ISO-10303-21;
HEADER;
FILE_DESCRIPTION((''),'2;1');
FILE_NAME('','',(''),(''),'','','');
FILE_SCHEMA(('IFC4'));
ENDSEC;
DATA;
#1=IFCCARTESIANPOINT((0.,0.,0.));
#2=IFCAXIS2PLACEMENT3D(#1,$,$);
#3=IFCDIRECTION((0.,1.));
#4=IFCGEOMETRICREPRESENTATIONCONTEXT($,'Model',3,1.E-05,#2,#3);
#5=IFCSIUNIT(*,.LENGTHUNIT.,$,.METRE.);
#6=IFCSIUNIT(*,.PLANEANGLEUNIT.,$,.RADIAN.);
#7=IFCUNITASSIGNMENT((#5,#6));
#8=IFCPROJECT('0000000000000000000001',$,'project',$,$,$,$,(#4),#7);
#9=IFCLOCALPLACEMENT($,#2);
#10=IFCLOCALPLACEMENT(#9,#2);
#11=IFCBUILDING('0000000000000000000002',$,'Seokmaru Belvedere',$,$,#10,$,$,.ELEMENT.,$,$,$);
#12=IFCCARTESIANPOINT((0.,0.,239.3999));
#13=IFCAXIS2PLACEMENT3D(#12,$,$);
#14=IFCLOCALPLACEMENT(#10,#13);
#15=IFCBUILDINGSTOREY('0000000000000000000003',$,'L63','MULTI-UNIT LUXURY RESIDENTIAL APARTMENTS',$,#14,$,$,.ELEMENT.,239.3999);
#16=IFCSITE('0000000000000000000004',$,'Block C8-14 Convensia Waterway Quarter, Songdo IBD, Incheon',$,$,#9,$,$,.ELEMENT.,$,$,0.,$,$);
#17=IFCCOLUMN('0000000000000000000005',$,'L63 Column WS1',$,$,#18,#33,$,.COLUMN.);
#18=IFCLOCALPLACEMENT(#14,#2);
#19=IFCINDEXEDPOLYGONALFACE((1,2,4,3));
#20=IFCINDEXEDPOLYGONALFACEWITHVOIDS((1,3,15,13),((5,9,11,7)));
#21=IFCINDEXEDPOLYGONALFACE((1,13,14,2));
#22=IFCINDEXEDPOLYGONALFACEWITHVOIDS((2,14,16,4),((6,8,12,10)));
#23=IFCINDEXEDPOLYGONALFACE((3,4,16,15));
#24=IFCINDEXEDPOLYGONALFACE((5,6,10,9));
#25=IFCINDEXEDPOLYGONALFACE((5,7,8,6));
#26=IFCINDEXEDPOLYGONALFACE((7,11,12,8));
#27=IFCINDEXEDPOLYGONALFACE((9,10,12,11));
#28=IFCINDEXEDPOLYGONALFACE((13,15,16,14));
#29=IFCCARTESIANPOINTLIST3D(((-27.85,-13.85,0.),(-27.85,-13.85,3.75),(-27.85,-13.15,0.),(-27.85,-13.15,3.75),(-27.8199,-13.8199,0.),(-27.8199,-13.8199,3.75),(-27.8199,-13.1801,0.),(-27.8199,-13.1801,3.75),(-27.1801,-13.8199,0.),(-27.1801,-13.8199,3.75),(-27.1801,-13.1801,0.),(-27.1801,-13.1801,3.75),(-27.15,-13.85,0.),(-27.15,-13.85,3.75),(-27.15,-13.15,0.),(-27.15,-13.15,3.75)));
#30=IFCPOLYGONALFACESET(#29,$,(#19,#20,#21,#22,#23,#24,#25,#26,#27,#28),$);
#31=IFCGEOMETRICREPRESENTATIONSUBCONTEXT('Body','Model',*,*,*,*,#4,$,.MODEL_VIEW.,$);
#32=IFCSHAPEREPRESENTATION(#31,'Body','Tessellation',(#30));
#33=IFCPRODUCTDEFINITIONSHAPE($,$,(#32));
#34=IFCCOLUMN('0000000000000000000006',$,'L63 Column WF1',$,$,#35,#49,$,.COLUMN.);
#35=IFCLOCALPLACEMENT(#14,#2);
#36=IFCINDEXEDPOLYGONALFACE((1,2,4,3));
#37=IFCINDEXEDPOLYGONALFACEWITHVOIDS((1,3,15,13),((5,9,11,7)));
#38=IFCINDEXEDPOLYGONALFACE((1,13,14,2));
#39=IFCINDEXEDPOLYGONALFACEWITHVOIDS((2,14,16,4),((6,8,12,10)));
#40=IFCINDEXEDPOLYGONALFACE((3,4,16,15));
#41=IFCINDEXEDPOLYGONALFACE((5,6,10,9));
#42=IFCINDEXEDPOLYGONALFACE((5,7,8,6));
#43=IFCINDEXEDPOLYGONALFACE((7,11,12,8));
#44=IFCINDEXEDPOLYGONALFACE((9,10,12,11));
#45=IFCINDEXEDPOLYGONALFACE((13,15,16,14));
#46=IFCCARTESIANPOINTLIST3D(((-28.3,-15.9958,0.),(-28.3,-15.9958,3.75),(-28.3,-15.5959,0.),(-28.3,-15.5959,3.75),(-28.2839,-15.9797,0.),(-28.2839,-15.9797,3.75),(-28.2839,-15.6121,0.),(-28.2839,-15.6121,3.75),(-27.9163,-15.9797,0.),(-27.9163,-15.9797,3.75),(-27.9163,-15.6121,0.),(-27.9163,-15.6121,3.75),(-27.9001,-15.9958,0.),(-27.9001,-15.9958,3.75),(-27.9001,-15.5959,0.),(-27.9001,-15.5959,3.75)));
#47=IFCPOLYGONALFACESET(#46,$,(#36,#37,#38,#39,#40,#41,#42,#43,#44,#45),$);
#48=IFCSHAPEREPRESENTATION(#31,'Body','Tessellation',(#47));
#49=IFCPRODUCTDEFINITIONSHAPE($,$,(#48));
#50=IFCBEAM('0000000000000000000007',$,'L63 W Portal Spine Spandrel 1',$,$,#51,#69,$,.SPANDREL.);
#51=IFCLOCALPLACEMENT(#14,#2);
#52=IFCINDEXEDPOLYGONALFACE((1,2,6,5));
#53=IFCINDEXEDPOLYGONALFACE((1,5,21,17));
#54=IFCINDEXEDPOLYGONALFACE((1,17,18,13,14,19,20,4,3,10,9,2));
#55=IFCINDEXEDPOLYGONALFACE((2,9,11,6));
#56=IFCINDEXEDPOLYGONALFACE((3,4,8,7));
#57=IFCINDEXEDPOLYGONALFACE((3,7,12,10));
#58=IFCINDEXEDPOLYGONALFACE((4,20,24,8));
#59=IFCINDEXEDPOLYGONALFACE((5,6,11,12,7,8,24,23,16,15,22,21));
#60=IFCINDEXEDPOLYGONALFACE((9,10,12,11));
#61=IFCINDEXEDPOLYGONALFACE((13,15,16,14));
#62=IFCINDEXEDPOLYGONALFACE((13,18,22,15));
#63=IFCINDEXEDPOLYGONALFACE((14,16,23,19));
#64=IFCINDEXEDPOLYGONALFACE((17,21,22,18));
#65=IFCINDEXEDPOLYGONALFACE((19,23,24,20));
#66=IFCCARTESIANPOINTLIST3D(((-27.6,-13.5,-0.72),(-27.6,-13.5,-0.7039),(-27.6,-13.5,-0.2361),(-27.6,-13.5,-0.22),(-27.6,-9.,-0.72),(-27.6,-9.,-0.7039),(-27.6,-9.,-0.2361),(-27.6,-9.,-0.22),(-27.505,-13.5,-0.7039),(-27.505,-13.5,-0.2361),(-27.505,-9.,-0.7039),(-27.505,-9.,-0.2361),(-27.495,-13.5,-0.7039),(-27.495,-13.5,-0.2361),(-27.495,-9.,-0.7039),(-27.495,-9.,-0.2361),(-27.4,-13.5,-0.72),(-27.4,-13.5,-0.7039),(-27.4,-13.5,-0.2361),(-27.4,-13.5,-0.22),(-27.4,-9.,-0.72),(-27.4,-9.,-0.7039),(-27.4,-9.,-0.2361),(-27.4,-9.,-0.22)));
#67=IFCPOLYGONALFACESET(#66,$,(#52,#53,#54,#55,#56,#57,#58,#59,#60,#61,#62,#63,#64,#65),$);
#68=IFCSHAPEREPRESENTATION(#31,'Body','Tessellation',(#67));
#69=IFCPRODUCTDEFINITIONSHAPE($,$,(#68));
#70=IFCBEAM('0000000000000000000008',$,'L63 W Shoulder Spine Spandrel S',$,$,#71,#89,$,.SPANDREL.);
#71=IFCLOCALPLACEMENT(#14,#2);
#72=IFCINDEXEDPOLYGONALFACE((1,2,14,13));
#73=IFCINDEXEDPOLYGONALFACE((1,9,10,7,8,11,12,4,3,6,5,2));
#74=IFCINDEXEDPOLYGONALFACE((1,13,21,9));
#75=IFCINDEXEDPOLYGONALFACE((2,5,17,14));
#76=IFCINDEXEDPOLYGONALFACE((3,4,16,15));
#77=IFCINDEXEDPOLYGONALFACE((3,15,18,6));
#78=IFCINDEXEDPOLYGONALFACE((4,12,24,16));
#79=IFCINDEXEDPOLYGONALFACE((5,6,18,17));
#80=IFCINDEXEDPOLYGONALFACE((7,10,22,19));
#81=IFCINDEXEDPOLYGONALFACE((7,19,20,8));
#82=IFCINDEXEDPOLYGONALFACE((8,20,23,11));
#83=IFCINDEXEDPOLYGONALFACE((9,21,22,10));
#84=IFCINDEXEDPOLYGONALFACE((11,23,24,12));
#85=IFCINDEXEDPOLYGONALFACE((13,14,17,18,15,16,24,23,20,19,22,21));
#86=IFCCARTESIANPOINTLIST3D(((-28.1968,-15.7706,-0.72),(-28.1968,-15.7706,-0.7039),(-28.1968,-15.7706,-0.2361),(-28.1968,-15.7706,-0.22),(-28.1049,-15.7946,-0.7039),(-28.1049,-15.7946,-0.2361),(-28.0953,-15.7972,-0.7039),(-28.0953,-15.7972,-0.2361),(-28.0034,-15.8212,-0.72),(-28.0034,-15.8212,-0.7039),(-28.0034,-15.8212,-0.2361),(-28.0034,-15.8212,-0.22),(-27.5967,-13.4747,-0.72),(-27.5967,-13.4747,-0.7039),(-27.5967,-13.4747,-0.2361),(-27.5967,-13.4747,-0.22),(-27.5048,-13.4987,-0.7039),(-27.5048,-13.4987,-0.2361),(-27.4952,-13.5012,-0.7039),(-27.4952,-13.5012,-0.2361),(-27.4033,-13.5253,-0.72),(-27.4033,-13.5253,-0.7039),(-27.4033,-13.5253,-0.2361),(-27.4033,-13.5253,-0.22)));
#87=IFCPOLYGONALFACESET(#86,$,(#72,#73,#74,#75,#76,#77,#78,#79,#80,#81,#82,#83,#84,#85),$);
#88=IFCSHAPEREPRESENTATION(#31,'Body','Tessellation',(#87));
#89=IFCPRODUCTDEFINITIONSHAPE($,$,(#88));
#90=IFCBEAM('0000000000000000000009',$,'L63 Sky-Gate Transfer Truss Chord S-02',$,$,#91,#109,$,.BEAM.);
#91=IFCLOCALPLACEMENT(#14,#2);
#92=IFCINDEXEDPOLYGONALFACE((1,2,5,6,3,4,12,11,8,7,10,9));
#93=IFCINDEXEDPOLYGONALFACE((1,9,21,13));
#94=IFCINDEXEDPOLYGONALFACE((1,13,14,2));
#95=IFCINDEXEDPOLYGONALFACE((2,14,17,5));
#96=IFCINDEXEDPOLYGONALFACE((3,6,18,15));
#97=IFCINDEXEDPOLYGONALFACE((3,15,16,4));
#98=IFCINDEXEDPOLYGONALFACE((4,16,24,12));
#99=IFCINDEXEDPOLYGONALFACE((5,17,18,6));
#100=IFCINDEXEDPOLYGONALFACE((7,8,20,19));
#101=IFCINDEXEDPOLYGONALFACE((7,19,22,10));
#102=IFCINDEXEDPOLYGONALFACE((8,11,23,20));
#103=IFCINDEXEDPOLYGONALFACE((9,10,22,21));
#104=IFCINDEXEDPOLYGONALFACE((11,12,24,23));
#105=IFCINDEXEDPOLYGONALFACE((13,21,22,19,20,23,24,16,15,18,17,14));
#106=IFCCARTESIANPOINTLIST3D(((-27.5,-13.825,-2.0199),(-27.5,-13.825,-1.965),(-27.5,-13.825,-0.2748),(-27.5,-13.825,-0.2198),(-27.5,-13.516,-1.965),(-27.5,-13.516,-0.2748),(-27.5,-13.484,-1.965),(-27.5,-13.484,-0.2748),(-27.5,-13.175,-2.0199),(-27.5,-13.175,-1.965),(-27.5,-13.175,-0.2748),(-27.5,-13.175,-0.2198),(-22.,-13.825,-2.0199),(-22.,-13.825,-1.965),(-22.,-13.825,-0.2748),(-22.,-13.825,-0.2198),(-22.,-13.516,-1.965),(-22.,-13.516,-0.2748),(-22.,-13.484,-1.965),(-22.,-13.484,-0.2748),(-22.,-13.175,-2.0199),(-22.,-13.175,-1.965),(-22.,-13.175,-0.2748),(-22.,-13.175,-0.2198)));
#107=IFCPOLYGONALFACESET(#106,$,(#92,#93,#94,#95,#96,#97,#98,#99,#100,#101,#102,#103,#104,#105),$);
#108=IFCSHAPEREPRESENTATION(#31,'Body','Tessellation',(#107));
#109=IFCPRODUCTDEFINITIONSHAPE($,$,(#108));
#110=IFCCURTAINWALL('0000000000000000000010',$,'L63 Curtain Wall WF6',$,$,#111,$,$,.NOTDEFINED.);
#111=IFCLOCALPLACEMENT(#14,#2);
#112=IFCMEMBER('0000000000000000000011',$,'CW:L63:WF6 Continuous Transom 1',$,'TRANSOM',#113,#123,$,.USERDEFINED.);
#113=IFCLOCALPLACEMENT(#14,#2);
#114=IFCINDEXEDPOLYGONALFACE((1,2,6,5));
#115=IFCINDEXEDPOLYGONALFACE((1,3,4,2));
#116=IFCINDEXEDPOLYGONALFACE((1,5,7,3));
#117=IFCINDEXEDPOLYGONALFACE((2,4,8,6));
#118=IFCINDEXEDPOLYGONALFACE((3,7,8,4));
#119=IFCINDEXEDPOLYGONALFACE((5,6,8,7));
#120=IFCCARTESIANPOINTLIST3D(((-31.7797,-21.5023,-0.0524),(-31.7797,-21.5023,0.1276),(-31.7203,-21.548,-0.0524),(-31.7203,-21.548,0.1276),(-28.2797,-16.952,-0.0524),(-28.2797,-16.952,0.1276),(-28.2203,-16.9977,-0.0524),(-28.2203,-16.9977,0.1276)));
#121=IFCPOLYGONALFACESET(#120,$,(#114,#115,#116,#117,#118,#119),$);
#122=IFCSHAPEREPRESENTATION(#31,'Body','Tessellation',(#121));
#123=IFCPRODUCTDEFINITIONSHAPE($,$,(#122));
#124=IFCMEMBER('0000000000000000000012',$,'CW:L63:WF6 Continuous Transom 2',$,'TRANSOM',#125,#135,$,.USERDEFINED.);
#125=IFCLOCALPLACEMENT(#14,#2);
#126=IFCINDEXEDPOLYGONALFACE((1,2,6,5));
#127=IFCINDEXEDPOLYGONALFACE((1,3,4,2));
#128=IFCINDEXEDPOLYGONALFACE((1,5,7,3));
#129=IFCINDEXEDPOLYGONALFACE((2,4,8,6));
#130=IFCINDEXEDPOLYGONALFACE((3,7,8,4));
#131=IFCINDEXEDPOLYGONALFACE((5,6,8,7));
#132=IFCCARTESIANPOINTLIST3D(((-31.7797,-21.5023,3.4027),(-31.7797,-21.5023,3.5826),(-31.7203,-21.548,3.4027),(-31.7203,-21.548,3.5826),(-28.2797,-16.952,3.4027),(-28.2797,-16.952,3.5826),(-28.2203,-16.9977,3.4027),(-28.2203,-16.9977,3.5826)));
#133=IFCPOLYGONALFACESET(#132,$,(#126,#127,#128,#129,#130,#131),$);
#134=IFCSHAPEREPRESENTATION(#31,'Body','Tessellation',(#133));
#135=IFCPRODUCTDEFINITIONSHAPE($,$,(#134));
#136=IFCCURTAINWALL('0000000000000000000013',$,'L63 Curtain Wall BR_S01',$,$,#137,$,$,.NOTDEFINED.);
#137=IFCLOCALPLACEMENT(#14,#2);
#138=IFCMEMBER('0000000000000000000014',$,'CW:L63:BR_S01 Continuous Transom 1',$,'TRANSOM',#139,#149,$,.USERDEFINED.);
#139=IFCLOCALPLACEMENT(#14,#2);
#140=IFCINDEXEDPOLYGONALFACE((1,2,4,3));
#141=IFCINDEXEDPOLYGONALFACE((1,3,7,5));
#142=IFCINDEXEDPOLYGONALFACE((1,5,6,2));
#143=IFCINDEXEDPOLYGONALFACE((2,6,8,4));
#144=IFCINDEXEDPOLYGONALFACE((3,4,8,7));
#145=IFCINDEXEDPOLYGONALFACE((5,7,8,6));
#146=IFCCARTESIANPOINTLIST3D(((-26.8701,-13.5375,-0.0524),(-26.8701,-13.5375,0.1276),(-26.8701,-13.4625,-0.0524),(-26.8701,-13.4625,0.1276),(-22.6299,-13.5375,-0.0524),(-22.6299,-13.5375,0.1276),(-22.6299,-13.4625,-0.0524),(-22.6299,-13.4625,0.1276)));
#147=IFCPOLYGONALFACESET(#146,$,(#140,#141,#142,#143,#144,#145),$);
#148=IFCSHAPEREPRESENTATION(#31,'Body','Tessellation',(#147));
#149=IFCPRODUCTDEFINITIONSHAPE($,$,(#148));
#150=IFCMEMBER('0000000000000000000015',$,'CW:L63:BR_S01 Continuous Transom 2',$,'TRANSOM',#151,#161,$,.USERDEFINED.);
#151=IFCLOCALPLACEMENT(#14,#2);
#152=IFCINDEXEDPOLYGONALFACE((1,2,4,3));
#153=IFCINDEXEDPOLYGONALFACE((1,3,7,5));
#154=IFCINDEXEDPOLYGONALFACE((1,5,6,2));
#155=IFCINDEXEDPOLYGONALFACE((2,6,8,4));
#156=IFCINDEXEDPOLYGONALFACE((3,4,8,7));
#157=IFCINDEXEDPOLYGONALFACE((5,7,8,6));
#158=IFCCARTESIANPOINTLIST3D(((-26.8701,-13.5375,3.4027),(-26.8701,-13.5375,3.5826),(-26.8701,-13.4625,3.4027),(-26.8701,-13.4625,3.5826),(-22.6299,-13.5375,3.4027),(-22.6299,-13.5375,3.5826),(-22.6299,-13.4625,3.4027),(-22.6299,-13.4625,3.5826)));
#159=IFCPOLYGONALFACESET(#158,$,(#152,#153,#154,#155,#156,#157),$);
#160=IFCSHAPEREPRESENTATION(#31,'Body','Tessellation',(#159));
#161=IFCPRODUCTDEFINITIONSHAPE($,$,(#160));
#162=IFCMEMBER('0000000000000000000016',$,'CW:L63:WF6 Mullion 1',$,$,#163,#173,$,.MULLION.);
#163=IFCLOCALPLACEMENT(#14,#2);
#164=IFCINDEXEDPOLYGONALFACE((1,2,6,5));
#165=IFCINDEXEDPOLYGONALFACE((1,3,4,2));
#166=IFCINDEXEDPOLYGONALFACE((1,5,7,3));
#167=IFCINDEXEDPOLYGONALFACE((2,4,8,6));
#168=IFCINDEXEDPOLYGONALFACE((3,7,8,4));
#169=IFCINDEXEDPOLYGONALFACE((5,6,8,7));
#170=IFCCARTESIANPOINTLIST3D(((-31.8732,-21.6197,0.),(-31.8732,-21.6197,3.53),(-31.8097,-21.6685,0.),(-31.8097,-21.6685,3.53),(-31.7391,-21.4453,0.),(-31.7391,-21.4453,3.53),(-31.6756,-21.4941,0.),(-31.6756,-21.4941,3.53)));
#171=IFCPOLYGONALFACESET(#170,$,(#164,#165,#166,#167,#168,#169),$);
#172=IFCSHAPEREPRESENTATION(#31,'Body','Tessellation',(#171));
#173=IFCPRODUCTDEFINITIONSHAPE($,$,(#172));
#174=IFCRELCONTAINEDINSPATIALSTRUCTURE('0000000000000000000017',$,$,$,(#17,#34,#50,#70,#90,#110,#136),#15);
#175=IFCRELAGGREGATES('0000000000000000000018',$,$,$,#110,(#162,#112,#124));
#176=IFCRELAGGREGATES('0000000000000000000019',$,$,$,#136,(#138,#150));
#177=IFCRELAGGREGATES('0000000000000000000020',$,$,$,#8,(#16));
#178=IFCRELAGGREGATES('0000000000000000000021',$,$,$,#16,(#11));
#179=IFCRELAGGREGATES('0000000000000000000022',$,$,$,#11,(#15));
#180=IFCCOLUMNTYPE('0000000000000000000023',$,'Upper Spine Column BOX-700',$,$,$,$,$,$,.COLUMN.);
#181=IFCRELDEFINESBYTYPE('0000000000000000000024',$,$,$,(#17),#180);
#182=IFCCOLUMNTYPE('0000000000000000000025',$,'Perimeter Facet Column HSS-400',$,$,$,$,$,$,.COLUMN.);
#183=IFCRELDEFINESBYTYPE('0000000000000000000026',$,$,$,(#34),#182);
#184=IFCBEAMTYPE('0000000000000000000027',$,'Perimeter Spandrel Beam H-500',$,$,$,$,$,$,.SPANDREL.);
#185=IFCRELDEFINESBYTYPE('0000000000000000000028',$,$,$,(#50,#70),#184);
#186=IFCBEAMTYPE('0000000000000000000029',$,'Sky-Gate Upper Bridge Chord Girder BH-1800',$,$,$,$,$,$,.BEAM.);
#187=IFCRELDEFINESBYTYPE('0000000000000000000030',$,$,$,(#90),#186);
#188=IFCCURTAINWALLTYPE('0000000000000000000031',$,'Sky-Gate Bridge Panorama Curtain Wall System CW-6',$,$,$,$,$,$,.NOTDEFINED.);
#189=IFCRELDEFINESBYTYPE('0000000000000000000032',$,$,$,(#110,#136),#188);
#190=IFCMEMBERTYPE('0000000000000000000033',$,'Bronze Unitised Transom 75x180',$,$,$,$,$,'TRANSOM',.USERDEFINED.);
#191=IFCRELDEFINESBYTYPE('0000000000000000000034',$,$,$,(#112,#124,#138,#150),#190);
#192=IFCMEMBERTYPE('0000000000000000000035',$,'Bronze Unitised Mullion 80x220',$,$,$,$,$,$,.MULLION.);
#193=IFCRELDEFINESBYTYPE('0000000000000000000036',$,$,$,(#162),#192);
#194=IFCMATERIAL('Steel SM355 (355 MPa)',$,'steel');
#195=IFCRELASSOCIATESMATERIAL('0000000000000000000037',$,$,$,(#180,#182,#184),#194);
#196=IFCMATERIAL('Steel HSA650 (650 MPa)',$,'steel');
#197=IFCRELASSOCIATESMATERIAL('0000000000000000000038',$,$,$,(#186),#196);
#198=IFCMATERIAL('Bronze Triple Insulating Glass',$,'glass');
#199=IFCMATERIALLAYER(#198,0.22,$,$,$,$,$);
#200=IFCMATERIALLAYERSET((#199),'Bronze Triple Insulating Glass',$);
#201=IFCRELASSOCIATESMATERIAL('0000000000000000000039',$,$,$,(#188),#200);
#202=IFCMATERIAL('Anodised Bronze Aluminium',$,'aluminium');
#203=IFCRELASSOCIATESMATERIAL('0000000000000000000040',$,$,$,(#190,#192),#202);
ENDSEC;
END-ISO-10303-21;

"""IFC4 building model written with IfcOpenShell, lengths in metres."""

from ifc_helpers import new_model, si_unit, direction, frame, origin, origin_2d, place, context, subcontext, project, spatial, rectangle, hollow_rectangle, i_section, extrude, source, transform, mapped, material, layer, layer_set, material_profile, profile_set, type_object, type_shapes, element, aggregate, save


model = new_model("IFC4")

# Units and contexts
model_context = context("Model", 3, precision=1e-05, world=origin(), true_north=direction((0.0, 1.0)))
body_context = subcontext(model_context, "Body", "Model", "MODEL_VIEW")
ifc_project = project(units=[si_unit("LENGTHUNIT", "METRE"), si_unit("PLANEANGLEUNIT", "RADIAN")], contexts=[model_context])

# Site, building, storey
site_placement = place(None, origin())
site = spatial("IfcSite", under=ifc_project, at=site_placement, Name="Block C8-14 Convensia Waterway Quarter, Songdo IBD, Incheon", CompositionType="ELEMENT", RefElevation=0.0)
building_placement = place(site_placement, origin())
building = spatial("IfcBuilding", under=site, at=building_placement, Name="Seokmaru Belvedere", CompositionType="ELEMENT")
storey_placement = place(building_placement, frame((0.0, 0.0, 239.3999)))
storey = spatial("IfcBuildingStorey", under=building, at=storey_placement, Name="L63", Description="MULTI-UNIT LUXURY RESIDENTIAL APARTMENTS", CompositionType="ELEMENT", Elevation=239.3999)

# Columns
ifc_material_1 = material(Name="Steel SM355 (355 MPa)", Category="steel")
ifc_material_profile_1 = material_profile(ifc_material_1, hollow_rectangle(XDim=0.7, YDim=0.7, WallThickness=0.03, at=origin_2d()), Name="BOX-700x700x30")
ifc_profile_set_1 = profile_set([ifc_material_profile_1], Name="Steel SM355 (355 MPa)")
column_type_1 = type_object("IfcColumnType", Name="Upper Spine Column BOX-700", PredefinedType="COLUMN", material=ifc_profile_set_1)
shared_shape_1 = source(origin(), body_context, "Body", "SweptSolid", [
    extrude(hollow_rectangle(XDim=0.7, YDim=0.7, WallThickness=0.03, at=origin_2d()), origin(), (0.0, 0.0, 1.0), 3.75),
])
type_shapes(column_type_1, [shared_shape_1])
column_1_placement = place(storey_placement, frame((-27.5, -13.5, 0.0), z_axis=(0.0, 0.0, 1.0), x_axis=(1.0, 0.0, 0.0)))
element("IfcColumn", 1, at=column_1_placement, inside=storey, type_object=column_type_1, Name="L63 Column WS1", PredefinedType="COLUMN", context=body_context, shape_type="MappedRepresentation", body=[
    mapped(shared_shape_1, transform((0.0, 0.0, 0.0), scale=1.0)),
])
ifc_material_profile_2 = material_profile(ifc_material_1, hollow_rectangle(XDim=0.3999, YDim=0.3999, WallThickness=0.0161, at=origin_2d()), Name="HSS-400x400x16")
ifc_profile_set_2 = profile_set([ifc_material_profile_2], Name="Steel SM355 (355 MPa)")
column_type_2 = type_object("IfcColumnType", Name="Perimeter Facet Column HSS-400", PredefinedType="COLUMN", material=ifc_profile_set_2)
shared_shape_2 = source(origin(), body_context, "Body", "SweptSolid", [
    extrude(hollow_rectangle(XDim=0.3999, YDim=0.3999, WallThickness=0.0161, at=origin_2d()), origin(), (0.0, 0.0, 1.0), 3.75),
])
type_shapes(column_type_2, [shared_shape_2])
column_2_placement = place(storey_placement, frame((-28.1001, -15.7959, 0.0), z_axis=(0.0, 0.0, 1.0), x_axis=(1.0, 0.0, 0.0)))
element("IfcColumn", 2, at=column_2_placement, inside=storey, type_object=column_type_2, Name="L63 Column WF1", PredefinedType="COLUMN", context=body_context, shape_type="MappedRepresentation", body=[
    mapped(shared_shape_2, transform((0.0, 0.0, 0.0), scale=1.0)),
])

# Beams
ifc_material_profile_3 = material_profile(ifc_material_1, i_section(OverallWidth=0.2, OverallDepth=0.5, WebThickness=0.01, FlangeThickness=0.0161, at=origin_2d()), Name="H-500x200x10x16")
ifc_profile_set_3 = profile_set([ifc_material_profile_3], Name="Steel SM355 (355 MPa)")
beam_type_1 = type_object("IfcBeamType", Name="Perimeter Spandrel Beam H-500", PredefinedType="SPANDREL", material=ifc_profile_set_3)
shared_shape_3 = source(origin(), body_context, "Body", "SweptSolid", [
    extrude(i_section(OverallWidth=0.2, OverallDepth=0.5, WebThickness=0.01, FlangeThickness=0.0161, at=origin_2d()), origin(), (0.0, 0.0, 1.0), 4.5),
])
beam_1_placement = place(storey_placement, frame((-27.5, -13.5, -0.47), z_axis=(0.0, 1.0, 0.0), x_axis=(-1.0, 0.0, 0.0)))
element("IfcBeam", 3, at=beam_1_placement, inside=storey, type_object=beam_type_1, Name="L63 W Portal Spine Spandrel 1", PredefinedType="SPANDREL", context=body_context, shape_type="MappedRepresentation", body=[
    mapped(shared_shape_3, transform((0.0, 0.0, 0.0), scale=1.0)),
])
shared_shape_4 = source(origin(), body_context, "Body", "SweptSolid", [
    extrude(i_section(OverallWidth=0.2, OverallDepth=0.5, WebThickness=0.01, FlangeThickness=0.0161, at=origin_2d()), origin(), (0.0, 0.0, 1.0), 2.373),
])
type_shapes(beam_type_1, [shared_shape_3, shared_shape_4])
beam_2_placement = place(storey_placement, frame((-28.1001, -15.7959, -0.47), z_axis=(0.252883, 0.967497, 0.0), x_axis=(-0.967497, 0.252883, 0.0)))
element("IfcBeam", 4, at=beam_2_placement, inside=storey, type_object=beam_type_1, Name="L63 W Shoulder Spine Spandrel S", PredefinedType="SPANDREL", context=body_context, shape_type="MappedRepresentation", body=[
    mapped(shared_shape_4, transform((0.0, 0.0, 0.0), scale=1.0)),
])
ifc_material_2 = material(Name="Steel HSA650 (650 MPa)", Category="steel")
ifc_material_profile_4 = material_profile(ifc_material_2, i_section(OverallWidth=0.6499, OverallDepth=1.8, WebThickness=0.032, FlangeThickness=0.0549, at=origin_2d()), Name="BH-1800x650x32x55")
ifc_profile_set_4 = profile_set([ifc_material_profile_4], Name="Steel HSA650 (650 MPa)")
beam_type_2 = type_object("IfcBeamType", Name="Sky-Gate Upper Bridge Chord Girder BH-1800", PredefinedType="BEAM", material=ifc_profile_set_4)
shared_shape_5 = source(origin(), body_context, "Body", "SweptSolid", [
    extrude(i_section(OverallWidth=0.6499, OverallDepth=1.8, WebThickness=0.032, FlangeThickness=0.0549, at=origin_2d()), origin(), (0.0, 0.0, 1.0), 5.5),
])
type_shapes(beam_type_2, [shared_shape_5])
beam_3_placement = place(storey_placement, frame((-27.5, -13.5, -1.1199), z_axis=(1.0, 0.0, 0.0), x_axis=(0.0, 1.0, 0.0)))
element("IfcBeam", 5, at=beam_3_placement, inside=storey, type_object=beam_type_2, Name="L63 Sky-Gate Transfer Truss Chord S-02", PredefinedType="BEAM", context=body_context, shape_type="MappedRepresentation", body=[
    mapped(shared_shape_5, transform((0.0, 0.0, 0.0), scale=1.0)),
])

# Curtain walls, members
ifc_material_3 = material(Name="Bronze Triple Insulating Glass", Category="glass")
ifc_layer_1 = layer(ifc_material_3, 0.22)
ifc_layer_set_1 = layer_set([ifc_layer_1], Name="Bronze Triple Insulating Glass")
curtain_wall_type = type_object("IfcCurtainWallType", Name="Sky-Gate Bridge Panorama Curtain Wall System CW-6", PredefinedType="NOTDEFINED", material=ifc_layer_set_1)
curtain_wall_1_placement = place(storey_placement, origin())
curtain_wall_1 = element("IfcCurtainWall", 6, at=curtain_wall_1_placement, inside=storey, type_object=curtain_wall_type, Name="L63 Curtain Wall WF6", PredefinedType="NOTDEFINED")
ifc_material_4 = material(Name="Anodised Bronze Aluminium", Category="aluminium")
ifc_material_profile_5 = material_profile(ifc_material_4, rectangle(XDim=0.075, YDim=0.1799, at=origin_2d()), Name="CW-T-75x180")
ifc_profile_set_5 = profile_set([ifc_material_profile_5], Name="Anodised Bronze Aluminium")
member_type_1 = type_object("IfcMemberType", Name="Bronze Unitised Transom 75x180", ElementType="TRANSOM", PredefinedType="USERDEFINED", material=ifc_profile_set_5)
shared_shape_6 = source(origin(), body_context, "Body", "SweptSolid", [
    extrude(rectangle(XDim=0.075, YDim=0.1799, at=origin_2d()), origin(), (0.0, 0.0, 1.0), 5.7407),
])
member_1_placement = place(storey_placement, frame((-31.75, -21.5251, 0.0376), z_axis=(0.609686, 0.792643, 0.0), x_axis=(-0.792643, 0.609686, 0.0)))
member_1 = element("IfcMember", 7, at=member_1_placement, type_object=member_type_1, Name="CW:L63:WF6 Continuous Transom 1", ObjectType="TRANSOM", PredefinedType="USERDEFINED", context=body_context, shape_type="MappedRepresentation", body=[
    mapped(shared_shape_6, transform((0.0, 0.0, 0.0), scale=1.0)),
])
member_2_placement = place(storey_placement, frame((-31.75, -21.5251, 3.4927), z_axis=(0.609686, 0.792643, 0.0), x_axis=(-0.792643, 0.609686, 0.0)))
member_2 = element("IfcMember", 8, at=member_2_placement, type_object=member_type_1, Name="CW:L63:WF6 Continuous Transom 2", ObjectType="TRANSOM", PredefinedType="USERDEFINED", context=body_context, shape_type="MappedRepresentation", body=[
    mapped(shared_shape_6, transform((0.0, 0.0, 0.0), scale=1.0)),
])
curtain_wall_2_placement = place(storey_placement, origin())
curtain_wall_2 = element("IfcCurtainWall", 9, at=curtain_wall_2_placement, inside=storey, type_object=curtain_wall_type, Name="L63 Curtain Wall BR_S01", PredefinedType="NOTDEFINED")
shared_shape_7 = source(origin(), body_context, "Body", "SweptSolid", [
    extrude(rectangle(XDim=0.075, YDim=0.1799, at=origin_2d()), origin(), (0.0, 0.0, 1.0), 4.2402),
])
type_shapes(member_type_1, [shared_shape_6, shared_shape_7])
member_3_placement = place(storey_placement, frame((-26.8701, -13.5, 0.0376), z_axis=(1.0, 0.0, 0.0), x_axis=(0.0, 1.0, 0.0)))
member_3 = element("IfcMember", 10, at=member_3_placement, type_object=member_type_1, Name="CW:L63:BR_S01 Continuous Transom 1", ObjectType="TRANSOM", PredefinedType="USERDEFINED", context=body_context, shape_type="MappedRepresentation", body=[
    mapped(shared_shape_7, transform((0.0, 0.0, 0.0), scale=1.0)),
])
member_4_placement = place(storey_placement, frame((-26.8701, -13.5, 3.4927), z_axis=(1.0, 0.0, 0.0), x_axis=(0.0, 1.0, 0.0)))
member_4 = element("IfcMember", 11, at=member_4_placement, type_object=member_type_1, Name="CW:L63:BR_S01 Continuous Transom 2", ObjectType="TRANSOM", PredefinedType="USERDEFINED", context=body_context, shape_type="MappedRepresentation", body=[
    mapped(shared_shape_7, transform((0.0, 0.0, 0.0), scale=1.0)),
])

# Member
ifc_material_profile_6 = material_profile(ifc_material_4, rectangle(XDim=0.0801, YDim=0.22, at=origin_2d()), Name="CW-M-80x220")
ifc_profile_set_6 = profile_set([ifc_material_profile_6], Name="Anodised Bronze Aluminium")
member_type_2 = type_object("IfcMemberType", Name="Bronze Unitised Mullion 80x220", PredefinedType="MULLION", material=ifc_profile_set_6)
shared_shape_8 = source(origin(), body_context, "Body", "SweptSolid", [
    extrude(rectangle(XDim=0.0801, YDim=0.22, at=origin_2d()), origin(), (0.0, 0.0, 1.0), 3.53),
])
type_shapes(member_type_2, [shared_shape_8])
member_5_placement = place(storey_placement, frame((-31.7744, -21.5569, 0.0), z_axis=(0.0, 0.0, 1.0), x_axis=(-0.792631, 0.609701, 0.0)))
member_5 = element("IfcMember", 12, at=member_5_placement, type_object=member_type_2, Name="CW:L63:WF6 Mullion 1", PredefinedType="MULLION", context=body_context, shape_type="MappedRepresentation", body=[
    mapped(shared_shape_8, transform((0.0, 0.0, 0.0), scale=1.0)),
])

aggregate(curtain_wall_1, [member_5, member_1, member_2])
aggregate(curtain_wall_2, [member_3, member_4])

save(model, "model.ifc")
